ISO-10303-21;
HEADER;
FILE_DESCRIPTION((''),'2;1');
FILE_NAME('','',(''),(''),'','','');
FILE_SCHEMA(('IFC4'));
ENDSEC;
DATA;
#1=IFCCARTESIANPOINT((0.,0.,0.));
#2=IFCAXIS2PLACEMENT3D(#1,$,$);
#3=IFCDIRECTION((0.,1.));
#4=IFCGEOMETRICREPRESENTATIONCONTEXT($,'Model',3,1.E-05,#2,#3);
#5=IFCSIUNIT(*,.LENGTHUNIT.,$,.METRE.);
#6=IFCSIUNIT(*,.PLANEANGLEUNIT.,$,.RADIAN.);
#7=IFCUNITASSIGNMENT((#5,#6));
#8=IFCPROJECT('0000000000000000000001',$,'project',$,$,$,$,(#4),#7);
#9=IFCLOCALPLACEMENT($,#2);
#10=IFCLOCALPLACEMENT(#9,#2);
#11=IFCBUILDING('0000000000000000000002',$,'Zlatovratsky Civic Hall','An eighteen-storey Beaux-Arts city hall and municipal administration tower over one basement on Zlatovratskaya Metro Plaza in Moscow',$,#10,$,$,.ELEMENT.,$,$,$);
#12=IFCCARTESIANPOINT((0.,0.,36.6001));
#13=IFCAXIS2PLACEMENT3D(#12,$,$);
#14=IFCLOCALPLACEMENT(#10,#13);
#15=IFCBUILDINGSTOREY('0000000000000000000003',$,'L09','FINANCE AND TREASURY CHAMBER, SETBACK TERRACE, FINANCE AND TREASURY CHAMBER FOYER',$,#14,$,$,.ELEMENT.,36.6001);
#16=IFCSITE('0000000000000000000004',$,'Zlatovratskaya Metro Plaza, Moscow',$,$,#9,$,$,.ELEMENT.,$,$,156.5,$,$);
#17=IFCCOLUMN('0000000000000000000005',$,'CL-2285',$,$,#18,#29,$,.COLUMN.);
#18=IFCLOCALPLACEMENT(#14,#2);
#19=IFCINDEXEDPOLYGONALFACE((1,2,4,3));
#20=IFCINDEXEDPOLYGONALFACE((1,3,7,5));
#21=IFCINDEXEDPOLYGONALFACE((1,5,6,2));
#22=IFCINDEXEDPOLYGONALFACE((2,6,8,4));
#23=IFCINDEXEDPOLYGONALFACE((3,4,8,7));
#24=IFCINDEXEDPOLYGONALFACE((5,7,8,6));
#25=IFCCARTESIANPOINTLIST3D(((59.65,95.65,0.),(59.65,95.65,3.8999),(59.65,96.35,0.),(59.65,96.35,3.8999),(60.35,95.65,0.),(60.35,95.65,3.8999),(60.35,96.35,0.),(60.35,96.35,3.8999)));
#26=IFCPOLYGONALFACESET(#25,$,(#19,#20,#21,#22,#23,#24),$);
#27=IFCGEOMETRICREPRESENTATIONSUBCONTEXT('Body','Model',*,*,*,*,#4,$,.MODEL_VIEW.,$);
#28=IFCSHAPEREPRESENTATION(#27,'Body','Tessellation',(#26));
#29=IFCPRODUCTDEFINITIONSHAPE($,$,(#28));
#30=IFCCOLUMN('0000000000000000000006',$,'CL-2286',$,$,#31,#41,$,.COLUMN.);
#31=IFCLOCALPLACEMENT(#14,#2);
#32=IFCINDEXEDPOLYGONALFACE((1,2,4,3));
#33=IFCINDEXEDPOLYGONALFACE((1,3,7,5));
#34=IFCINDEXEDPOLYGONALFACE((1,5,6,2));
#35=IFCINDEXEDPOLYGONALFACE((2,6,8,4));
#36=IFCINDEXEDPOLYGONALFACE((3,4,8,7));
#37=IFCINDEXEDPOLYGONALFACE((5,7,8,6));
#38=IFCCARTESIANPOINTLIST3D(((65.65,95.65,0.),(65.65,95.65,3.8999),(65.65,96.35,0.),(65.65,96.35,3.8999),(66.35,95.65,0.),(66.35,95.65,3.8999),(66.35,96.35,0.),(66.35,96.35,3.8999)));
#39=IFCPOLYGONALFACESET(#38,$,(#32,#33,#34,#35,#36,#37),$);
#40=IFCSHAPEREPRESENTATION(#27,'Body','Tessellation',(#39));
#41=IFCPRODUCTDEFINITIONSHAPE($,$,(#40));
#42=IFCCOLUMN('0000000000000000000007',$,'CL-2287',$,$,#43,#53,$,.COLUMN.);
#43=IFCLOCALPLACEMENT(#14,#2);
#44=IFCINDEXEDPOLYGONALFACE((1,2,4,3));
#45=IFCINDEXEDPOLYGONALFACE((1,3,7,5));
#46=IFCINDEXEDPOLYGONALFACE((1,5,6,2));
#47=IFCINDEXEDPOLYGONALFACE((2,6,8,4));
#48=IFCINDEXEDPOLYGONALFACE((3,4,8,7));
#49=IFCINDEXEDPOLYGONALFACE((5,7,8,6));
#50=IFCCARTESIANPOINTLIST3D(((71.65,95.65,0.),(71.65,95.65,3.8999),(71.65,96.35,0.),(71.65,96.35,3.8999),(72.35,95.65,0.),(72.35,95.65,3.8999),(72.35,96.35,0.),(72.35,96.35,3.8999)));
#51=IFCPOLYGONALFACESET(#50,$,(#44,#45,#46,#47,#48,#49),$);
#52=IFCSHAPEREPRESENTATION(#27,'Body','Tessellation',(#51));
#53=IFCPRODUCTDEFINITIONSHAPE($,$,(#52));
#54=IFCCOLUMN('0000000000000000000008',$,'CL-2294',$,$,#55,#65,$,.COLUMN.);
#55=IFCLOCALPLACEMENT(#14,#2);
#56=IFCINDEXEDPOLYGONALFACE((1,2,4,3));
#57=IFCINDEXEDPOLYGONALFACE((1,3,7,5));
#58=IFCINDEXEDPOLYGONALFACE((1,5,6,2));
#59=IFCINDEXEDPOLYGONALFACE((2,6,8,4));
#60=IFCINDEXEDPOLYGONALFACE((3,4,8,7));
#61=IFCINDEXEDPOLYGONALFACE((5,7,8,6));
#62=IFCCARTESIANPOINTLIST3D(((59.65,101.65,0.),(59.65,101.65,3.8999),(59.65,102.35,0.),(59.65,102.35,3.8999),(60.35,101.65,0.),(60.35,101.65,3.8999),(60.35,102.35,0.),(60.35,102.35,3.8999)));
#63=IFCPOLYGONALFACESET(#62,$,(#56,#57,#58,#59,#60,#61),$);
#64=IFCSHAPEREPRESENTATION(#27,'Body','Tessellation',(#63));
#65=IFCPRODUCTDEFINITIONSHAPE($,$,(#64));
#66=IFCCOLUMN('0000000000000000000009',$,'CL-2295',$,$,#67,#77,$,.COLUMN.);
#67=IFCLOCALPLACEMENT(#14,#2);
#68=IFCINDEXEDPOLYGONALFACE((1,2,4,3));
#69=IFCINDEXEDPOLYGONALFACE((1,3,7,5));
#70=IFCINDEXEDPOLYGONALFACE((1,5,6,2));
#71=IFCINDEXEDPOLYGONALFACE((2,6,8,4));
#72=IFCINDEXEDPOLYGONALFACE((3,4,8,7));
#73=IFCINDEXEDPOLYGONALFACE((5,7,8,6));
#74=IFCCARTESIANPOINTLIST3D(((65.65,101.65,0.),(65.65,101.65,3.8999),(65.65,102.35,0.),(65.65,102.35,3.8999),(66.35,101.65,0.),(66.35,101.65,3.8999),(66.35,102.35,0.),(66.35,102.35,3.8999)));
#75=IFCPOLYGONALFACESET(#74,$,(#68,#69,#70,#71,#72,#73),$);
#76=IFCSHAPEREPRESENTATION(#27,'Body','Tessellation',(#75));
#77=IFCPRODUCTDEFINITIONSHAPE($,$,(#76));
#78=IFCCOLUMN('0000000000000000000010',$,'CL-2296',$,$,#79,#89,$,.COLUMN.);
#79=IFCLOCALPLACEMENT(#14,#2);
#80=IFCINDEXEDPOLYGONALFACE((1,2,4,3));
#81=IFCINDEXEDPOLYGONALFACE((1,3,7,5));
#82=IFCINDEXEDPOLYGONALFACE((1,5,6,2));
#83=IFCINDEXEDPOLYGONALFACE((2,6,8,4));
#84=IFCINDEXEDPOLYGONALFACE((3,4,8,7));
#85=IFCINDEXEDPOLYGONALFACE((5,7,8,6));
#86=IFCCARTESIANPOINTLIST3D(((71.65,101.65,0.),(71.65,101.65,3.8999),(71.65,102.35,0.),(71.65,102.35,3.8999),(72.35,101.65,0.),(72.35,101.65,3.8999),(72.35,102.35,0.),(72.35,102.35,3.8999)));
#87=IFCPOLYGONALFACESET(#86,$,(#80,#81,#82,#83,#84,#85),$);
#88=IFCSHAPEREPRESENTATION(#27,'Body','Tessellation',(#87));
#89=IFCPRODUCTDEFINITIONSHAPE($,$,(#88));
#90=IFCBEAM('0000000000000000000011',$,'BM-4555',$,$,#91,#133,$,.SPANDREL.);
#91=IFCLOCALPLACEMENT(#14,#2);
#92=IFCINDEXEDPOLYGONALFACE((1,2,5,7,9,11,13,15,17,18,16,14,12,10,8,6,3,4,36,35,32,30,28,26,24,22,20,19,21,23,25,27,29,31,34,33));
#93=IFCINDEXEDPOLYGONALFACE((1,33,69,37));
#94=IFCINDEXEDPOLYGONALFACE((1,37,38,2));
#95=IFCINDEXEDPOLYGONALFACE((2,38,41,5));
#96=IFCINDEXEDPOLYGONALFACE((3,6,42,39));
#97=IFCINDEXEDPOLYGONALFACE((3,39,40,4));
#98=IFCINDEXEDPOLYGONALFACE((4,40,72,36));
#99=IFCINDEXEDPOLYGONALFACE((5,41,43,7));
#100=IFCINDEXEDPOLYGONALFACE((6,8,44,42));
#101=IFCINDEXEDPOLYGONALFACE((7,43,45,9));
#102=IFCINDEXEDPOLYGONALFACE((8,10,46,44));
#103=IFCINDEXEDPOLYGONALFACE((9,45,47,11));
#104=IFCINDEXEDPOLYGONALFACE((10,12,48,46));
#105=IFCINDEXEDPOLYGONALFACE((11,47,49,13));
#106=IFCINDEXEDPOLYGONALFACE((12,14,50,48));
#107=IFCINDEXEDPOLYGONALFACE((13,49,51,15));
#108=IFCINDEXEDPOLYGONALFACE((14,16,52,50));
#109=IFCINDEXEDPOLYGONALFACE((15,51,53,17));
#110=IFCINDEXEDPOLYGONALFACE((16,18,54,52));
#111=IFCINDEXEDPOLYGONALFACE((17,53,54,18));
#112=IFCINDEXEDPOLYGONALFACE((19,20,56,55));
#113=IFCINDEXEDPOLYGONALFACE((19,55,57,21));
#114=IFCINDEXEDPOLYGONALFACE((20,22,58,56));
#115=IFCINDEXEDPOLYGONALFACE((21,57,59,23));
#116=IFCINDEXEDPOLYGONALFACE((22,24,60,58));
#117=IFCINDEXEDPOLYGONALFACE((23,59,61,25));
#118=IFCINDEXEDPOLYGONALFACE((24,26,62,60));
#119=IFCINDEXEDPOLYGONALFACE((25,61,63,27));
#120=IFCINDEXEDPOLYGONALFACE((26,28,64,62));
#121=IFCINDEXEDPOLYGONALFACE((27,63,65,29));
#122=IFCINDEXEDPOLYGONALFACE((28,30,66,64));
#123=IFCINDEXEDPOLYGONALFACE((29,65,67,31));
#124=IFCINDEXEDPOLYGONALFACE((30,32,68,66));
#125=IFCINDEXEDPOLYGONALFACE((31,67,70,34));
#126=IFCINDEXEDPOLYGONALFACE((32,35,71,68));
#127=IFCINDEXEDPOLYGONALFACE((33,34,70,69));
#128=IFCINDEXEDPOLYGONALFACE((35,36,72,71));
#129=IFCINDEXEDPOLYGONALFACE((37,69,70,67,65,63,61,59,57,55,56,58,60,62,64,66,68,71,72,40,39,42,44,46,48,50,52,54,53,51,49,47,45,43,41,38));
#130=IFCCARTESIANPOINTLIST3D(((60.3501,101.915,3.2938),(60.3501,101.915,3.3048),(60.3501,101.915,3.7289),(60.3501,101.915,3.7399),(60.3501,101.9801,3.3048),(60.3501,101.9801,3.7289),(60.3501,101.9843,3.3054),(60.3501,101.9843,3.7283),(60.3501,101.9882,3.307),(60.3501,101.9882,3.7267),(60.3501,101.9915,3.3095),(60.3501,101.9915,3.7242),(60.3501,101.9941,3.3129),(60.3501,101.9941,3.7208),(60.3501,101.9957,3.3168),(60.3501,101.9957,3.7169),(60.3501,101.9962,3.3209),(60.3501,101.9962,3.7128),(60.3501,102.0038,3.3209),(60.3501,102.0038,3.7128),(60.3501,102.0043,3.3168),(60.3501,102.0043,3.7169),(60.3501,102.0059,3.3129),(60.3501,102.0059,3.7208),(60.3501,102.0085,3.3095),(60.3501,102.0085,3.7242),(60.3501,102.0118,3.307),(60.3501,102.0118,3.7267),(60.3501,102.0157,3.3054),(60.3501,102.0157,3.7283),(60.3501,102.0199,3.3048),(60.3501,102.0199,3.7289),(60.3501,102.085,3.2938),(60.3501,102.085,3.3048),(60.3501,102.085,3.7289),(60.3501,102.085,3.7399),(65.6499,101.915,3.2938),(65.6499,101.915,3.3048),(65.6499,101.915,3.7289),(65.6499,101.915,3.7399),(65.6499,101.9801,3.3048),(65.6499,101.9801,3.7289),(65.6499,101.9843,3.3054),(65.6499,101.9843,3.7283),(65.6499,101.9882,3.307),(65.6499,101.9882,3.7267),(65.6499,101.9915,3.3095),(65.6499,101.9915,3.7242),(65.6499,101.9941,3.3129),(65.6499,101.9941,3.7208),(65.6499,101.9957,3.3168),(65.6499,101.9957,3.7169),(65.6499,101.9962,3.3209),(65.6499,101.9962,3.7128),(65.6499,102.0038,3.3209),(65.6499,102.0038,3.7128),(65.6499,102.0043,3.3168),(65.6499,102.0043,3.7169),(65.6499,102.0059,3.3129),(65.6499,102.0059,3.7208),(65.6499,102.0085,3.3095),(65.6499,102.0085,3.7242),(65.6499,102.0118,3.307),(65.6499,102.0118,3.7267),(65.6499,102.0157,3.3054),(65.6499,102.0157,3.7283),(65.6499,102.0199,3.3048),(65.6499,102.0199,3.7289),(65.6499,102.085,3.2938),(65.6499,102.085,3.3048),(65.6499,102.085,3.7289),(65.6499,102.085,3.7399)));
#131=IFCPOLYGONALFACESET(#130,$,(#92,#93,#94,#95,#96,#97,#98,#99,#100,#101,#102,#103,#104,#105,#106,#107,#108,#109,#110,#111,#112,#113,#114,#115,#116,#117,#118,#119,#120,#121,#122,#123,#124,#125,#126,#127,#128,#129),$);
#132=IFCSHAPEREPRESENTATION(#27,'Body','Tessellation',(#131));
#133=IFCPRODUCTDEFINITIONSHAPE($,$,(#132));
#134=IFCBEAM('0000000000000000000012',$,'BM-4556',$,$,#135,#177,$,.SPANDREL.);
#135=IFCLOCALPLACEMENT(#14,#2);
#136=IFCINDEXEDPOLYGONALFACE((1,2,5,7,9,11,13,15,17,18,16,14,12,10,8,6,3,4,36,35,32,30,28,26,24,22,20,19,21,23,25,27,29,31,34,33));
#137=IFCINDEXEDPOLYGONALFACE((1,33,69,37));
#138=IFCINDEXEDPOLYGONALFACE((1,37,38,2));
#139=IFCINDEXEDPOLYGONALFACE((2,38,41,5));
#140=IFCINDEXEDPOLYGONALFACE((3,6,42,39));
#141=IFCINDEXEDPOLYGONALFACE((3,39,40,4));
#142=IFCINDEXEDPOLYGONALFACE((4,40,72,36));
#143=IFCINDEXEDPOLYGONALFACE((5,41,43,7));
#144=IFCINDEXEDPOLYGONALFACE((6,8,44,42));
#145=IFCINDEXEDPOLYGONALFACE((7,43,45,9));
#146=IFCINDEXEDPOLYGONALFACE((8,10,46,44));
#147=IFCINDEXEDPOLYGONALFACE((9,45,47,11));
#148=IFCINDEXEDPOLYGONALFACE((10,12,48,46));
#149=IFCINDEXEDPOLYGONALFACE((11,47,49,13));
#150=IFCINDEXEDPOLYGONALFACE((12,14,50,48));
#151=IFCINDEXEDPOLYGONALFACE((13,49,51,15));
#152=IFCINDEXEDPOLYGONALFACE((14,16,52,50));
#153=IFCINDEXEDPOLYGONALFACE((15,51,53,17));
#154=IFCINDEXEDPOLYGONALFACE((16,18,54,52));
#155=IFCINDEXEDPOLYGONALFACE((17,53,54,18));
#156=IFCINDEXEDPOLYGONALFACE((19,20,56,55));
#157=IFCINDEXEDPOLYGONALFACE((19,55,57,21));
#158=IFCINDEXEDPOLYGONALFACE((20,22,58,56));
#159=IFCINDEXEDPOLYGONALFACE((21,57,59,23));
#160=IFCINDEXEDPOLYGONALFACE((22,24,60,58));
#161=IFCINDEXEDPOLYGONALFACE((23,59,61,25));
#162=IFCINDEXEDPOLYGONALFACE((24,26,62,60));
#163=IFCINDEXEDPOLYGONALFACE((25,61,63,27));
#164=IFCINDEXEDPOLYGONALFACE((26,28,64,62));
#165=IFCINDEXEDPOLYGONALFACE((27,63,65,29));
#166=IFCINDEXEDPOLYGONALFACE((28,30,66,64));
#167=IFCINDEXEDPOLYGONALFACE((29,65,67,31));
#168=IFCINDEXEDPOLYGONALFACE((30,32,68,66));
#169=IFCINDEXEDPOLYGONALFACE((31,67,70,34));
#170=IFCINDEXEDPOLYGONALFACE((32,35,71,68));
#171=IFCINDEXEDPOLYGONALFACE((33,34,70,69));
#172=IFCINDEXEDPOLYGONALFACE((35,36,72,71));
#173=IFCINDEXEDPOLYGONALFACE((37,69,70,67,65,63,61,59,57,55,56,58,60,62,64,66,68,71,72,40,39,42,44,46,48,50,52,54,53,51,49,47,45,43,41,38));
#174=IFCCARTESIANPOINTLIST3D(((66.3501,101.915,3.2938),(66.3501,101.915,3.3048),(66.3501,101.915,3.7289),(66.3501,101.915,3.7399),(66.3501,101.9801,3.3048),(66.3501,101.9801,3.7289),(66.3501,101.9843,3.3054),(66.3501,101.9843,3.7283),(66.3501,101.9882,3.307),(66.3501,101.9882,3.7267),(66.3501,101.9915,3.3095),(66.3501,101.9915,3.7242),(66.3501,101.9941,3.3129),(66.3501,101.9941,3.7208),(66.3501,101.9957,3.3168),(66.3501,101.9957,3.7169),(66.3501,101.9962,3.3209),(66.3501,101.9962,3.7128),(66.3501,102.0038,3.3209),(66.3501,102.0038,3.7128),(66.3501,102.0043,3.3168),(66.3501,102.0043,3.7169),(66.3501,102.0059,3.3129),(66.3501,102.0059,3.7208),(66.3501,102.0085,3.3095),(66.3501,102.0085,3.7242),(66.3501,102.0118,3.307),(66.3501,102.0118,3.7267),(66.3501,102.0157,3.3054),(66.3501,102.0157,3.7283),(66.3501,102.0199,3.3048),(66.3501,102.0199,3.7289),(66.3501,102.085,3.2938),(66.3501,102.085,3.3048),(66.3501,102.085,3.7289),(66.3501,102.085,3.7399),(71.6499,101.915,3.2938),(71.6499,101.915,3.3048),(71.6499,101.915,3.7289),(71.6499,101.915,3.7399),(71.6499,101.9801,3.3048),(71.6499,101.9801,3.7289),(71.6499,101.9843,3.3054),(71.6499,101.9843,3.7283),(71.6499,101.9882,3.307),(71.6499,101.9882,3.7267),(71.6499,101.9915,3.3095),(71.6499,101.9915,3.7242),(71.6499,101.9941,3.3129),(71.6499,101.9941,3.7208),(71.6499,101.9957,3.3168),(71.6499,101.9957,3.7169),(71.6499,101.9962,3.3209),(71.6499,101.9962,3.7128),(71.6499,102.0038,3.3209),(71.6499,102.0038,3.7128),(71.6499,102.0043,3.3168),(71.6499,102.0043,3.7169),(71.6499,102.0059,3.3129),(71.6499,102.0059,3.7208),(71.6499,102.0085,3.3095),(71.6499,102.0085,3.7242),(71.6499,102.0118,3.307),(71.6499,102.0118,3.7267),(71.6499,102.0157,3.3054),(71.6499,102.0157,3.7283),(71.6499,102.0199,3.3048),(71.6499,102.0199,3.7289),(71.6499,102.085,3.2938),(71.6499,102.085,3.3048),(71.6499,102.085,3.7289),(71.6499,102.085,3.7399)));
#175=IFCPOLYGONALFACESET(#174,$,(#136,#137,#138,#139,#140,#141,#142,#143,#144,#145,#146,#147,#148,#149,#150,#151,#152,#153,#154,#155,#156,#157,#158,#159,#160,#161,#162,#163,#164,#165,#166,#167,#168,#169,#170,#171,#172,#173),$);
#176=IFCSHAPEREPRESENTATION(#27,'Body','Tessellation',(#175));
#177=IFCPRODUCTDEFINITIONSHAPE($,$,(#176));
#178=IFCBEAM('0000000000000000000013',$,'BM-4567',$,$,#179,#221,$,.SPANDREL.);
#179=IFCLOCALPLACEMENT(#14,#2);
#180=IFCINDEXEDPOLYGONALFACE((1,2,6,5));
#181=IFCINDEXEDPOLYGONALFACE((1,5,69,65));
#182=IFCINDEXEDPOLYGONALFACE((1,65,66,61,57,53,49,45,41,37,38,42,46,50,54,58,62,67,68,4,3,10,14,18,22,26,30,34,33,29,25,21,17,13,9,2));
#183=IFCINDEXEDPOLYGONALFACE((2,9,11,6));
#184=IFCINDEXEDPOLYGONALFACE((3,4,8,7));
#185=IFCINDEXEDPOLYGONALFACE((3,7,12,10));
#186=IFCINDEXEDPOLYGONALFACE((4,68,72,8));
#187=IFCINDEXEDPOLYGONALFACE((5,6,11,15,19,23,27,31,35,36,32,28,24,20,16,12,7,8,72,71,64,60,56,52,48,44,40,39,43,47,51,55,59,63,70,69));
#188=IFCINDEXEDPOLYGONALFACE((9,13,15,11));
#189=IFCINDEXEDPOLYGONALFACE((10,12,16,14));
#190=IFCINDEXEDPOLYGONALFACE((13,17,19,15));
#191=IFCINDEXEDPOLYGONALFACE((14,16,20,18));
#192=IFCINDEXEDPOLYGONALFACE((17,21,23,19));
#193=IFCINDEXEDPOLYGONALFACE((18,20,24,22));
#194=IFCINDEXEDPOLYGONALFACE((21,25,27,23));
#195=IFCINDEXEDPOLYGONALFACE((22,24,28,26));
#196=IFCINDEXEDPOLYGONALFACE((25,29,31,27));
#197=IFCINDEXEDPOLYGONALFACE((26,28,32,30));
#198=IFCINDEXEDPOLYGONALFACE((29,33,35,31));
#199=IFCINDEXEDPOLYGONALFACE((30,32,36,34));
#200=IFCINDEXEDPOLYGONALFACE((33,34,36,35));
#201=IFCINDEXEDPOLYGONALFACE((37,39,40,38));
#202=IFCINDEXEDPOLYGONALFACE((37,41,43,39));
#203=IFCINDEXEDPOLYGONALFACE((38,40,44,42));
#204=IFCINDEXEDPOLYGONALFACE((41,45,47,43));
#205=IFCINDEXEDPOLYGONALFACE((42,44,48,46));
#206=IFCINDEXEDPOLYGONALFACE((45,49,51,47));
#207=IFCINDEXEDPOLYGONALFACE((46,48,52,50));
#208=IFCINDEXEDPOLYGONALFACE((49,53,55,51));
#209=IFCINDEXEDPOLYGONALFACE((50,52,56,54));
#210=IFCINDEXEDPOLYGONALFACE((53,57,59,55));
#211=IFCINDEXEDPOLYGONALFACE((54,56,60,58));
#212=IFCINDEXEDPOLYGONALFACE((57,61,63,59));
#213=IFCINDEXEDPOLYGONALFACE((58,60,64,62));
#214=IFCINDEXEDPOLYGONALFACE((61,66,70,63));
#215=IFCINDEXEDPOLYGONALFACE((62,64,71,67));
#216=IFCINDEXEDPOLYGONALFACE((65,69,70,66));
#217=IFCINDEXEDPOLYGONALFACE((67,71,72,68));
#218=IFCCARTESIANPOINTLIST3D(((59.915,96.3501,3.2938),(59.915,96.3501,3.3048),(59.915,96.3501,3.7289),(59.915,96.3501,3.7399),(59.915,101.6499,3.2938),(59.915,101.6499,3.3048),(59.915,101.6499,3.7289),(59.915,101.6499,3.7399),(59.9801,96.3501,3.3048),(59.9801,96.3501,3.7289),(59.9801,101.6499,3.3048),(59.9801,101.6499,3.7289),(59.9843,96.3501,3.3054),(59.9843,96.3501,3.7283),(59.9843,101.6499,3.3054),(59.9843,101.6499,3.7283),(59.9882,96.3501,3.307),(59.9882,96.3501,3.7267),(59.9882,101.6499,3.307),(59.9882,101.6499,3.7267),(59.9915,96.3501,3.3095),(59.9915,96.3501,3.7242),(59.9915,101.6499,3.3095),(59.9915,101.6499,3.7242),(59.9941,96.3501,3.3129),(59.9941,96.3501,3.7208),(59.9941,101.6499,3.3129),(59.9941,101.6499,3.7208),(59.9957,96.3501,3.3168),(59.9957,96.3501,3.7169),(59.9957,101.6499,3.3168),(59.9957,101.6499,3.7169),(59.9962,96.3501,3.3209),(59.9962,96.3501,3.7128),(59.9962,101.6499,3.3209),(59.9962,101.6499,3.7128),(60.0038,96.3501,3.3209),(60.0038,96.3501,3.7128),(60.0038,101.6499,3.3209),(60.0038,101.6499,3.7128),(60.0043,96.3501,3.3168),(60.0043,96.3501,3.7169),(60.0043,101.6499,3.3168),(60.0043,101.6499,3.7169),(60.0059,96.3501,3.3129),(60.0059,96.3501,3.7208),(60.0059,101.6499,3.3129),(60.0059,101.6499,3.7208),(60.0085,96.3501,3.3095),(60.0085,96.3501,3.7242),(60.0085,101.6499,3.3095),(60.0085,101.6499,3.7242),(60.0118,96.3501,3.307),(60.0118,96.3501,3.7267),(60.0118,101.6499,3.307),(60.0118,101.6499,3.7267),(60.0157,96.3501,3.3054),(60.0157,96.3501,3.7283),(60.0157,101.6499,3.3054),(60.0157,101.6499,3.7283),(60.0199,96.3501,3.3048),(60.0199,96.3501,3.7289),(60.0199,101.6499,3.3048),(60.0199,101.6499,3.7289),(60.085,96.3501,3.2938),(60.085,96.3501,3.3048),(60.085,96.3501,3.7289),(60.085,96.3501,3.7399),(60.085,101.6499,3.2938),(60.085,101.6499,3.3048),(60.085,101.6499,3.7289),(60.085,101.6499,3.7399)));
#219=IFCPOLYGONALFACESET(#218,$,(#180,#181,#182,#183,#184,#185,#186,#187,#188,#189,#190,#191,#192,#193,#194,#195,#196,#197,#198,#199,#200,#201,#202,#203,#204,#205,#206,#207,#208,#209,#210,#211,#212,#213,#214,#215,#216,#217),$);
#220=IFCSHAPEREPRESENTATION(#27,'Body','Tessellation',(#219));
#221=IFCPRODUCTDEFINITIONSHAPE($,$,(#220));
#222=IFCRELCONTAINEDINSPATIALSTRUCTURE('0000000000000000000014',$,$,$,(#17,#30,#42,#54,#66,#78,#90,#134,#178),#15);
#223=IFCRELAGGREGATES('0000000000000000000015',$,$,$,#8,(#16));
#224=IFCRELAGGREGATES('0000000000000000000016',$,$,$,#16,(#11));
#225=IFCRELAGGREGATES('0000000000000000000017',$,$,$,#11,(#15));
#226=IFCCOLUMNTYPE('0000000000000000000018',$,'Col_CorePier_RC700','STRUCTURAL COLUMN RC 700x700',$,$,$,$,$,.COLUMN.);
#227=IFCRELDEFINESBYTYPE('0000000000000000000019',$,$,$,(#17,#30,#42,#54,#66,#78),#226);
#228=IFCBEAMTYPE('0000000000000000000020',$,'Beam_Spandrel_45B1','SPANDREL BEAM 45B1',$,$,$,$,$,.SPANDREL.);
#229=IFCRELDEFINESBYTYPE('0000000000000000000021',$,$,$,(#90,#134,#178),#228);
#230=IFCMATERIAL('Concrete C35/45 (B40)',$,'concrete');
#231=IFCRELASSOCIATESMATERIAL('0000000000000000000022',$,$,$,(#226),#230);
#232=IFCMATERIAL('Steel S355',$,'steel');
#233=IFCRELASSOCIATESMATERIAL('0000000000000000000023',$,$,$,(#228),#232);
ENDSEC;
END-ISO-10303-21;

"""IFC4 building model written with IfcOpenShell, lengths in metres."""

from ifc_helpers import new_model, si_unit, direction, frame, origin, origin_2d, place, context, subcontext, project, spatial, rectangle, i_section, extrude, material, material_profile, profile_set, type_object, element, save


model = new_model("IFC4")

# Units and contexts
model_context = context("Model", 3, precision=1e-05, world=origin(), true_north=direction((0.0, 1.0)))
body_context = subcontext(model_context, "Body", "Model", "MODEL_VIEW")
ifc_project = project(units=[si_unit("LENGTHUNIT", "METRE"), si_unit("PLANEANGLEUNIT", "RADIAN")], contexts=[model_context])

# Site, building, storey
site_placement = place(None, origin())
site = spatial("IfcSite", under=ifc_project, at=site_placement, Name="Zlatovratskaya Metro Plaza, Moscow", CompositionType="ELEMENT", RefElevation=156.5)
building_placement = place(site_placement, origin())
building = spatial("IfcBuilding", under=site, at=building_placement, Name="Zlatovratsky Civic Hall", Description="An eighteen-storey Beaux-Arts city hall and municipal administration tower over one basement on Zlatovratskaya Metro Plaza in Moscow", CompositionType="ELEMENT")
storey_placement = place(building_placement, frame((0.0, 0.0, 36.6001)))
storey = spatial("IfcBuildingStorey", under=building, at=storey_placement, Name="L09", Description="FINANCE AND TREASURY CHAMBER, SETBACK TERRACE, FINANCE AND TREASURY CHAMBER FOYER", CompositionType="ELEMENT", Elevation=36.6001)

# Columns
ifc_material_1 = material(Name="Concrete C35/45 (B40)", Category="concrete")
ifc_material_profile_1 = material_profile(ifc_material_1, rectangle(XDim=0.7, YDim=0.7, at=origin_2d()), Name="RC 700x700")
ifc_profile_set_1 = profile_set([ifc_material_profile_1], Name="Concrete C35/45 (B40)")
column_type = type_object("IfcColumnType", Name="Col_CorePier_RC700", Description="STRUCTURAL COLUMN RC 700x700", PredefinedType="COLUMN", material=ifc_profile_set_1)
for number, where, z_axis, x_axis, name in (
    (1, (60.0, 96.0, 0.0), (0.0, 0.0, 1.0), (1.0, 0.0, 0.0), "CL-2285"),
    (2, (66.0, 96.0, 0.0), (0.0, 0.0, 1.0), (1.0, 0.0, 0.0), "CL-2286"),
    (3, (72.0, 96.0, 0.0), (0.0, 0.0, 1.0), (1.0, 0.0, 0.0), "CL-2287"),
    (4, (60.0, 102.0, 0.0), (0.0, 0.0, 1.0), (1.0, 0.0, 0.0), "CL-2294"),
    (5, (66.0, 102.0, 0.0), (0.0, 0.0, 1.0), (1.0, 0.0, 0.0), "CL-2295"),
    (6, (72.0, 102.0, 0.0), (0.0, 0.0, 1.0), (1.0, 0.0, 0.0), "CL-2296"),
):
    element("IfcColumn", number, at=place(storey_placement, frame(where, z_axis=z_axis, x_axis=x_axis)), inside=storey, type_object=column_type, Name=name, PredefinedType="COLUMN", context=body_context, shape_type="SweptSolid", body=[
        extrude(rectangle(XDim=0.7, YDim=0.7, at=origin_2d()), origin(), (0.0, 0.0, 1.0), 3.8999),
    ])

# Beams
ifc_material_2 = material(Name="Steel S355", Category="steel")
ifc_material_profile_2 = material_profile(ifc_material_2, i_section(OverallWidth=0.1699, OverallDepth=0.446, WebThickness=0.0076, FlangeThickness=0.011, FilletRadius=0.0161, at=origin_2d()), Name="45B1")
ifc_profile_set_2 = profile_set([ifc_material_profile_2], Name="Steel S355")
beam_type_1 = type_object("IfcBeamType", Name="Beam_Spandrel_45B1", Description="SPANDREL BEAM 45B1", PredefinedType="SPANDREL", material=ifc_profile_set_2)
for number, where, z_axis, x_axis, name in (
    (7, (60.3501, 102.0, 3.5168), (1.0, 0.0, 0.0), (0.0, 1.0, 0.0), "BM-4555"),
    (8, (66.3501, 102.0, 3.5168), (1.0, 0.0, 0.0), (0.0, 1.0, 0.0), "BM-4556"),
    (9, (60.0, 96.3501, 3.5168), (0.0, 1.0, 0.0), (-1.0, 0.0, 0.0), "BM-4567"),
):
    element("IfcBeam", number, at=place(storey_placement, frame(where, z_axis=z_axis, x_axis=x_axis)), inside=storey, type_object=beam_type_1, Name=name, PredefinedType="SPANDREL", context=body_context, shape_type="SweptSolid", body=[
        extrude(i_section(OverallWidth=0.1699, OverallDepth=0.446, WebThickness=0.0076, FlangeThickness=0.011, FilletRadius=0.0161, at=origin_2d()), origin(), (0.0, 0.0, 1.0), 5.2998),
    ])

save(model, "model.ifc")
